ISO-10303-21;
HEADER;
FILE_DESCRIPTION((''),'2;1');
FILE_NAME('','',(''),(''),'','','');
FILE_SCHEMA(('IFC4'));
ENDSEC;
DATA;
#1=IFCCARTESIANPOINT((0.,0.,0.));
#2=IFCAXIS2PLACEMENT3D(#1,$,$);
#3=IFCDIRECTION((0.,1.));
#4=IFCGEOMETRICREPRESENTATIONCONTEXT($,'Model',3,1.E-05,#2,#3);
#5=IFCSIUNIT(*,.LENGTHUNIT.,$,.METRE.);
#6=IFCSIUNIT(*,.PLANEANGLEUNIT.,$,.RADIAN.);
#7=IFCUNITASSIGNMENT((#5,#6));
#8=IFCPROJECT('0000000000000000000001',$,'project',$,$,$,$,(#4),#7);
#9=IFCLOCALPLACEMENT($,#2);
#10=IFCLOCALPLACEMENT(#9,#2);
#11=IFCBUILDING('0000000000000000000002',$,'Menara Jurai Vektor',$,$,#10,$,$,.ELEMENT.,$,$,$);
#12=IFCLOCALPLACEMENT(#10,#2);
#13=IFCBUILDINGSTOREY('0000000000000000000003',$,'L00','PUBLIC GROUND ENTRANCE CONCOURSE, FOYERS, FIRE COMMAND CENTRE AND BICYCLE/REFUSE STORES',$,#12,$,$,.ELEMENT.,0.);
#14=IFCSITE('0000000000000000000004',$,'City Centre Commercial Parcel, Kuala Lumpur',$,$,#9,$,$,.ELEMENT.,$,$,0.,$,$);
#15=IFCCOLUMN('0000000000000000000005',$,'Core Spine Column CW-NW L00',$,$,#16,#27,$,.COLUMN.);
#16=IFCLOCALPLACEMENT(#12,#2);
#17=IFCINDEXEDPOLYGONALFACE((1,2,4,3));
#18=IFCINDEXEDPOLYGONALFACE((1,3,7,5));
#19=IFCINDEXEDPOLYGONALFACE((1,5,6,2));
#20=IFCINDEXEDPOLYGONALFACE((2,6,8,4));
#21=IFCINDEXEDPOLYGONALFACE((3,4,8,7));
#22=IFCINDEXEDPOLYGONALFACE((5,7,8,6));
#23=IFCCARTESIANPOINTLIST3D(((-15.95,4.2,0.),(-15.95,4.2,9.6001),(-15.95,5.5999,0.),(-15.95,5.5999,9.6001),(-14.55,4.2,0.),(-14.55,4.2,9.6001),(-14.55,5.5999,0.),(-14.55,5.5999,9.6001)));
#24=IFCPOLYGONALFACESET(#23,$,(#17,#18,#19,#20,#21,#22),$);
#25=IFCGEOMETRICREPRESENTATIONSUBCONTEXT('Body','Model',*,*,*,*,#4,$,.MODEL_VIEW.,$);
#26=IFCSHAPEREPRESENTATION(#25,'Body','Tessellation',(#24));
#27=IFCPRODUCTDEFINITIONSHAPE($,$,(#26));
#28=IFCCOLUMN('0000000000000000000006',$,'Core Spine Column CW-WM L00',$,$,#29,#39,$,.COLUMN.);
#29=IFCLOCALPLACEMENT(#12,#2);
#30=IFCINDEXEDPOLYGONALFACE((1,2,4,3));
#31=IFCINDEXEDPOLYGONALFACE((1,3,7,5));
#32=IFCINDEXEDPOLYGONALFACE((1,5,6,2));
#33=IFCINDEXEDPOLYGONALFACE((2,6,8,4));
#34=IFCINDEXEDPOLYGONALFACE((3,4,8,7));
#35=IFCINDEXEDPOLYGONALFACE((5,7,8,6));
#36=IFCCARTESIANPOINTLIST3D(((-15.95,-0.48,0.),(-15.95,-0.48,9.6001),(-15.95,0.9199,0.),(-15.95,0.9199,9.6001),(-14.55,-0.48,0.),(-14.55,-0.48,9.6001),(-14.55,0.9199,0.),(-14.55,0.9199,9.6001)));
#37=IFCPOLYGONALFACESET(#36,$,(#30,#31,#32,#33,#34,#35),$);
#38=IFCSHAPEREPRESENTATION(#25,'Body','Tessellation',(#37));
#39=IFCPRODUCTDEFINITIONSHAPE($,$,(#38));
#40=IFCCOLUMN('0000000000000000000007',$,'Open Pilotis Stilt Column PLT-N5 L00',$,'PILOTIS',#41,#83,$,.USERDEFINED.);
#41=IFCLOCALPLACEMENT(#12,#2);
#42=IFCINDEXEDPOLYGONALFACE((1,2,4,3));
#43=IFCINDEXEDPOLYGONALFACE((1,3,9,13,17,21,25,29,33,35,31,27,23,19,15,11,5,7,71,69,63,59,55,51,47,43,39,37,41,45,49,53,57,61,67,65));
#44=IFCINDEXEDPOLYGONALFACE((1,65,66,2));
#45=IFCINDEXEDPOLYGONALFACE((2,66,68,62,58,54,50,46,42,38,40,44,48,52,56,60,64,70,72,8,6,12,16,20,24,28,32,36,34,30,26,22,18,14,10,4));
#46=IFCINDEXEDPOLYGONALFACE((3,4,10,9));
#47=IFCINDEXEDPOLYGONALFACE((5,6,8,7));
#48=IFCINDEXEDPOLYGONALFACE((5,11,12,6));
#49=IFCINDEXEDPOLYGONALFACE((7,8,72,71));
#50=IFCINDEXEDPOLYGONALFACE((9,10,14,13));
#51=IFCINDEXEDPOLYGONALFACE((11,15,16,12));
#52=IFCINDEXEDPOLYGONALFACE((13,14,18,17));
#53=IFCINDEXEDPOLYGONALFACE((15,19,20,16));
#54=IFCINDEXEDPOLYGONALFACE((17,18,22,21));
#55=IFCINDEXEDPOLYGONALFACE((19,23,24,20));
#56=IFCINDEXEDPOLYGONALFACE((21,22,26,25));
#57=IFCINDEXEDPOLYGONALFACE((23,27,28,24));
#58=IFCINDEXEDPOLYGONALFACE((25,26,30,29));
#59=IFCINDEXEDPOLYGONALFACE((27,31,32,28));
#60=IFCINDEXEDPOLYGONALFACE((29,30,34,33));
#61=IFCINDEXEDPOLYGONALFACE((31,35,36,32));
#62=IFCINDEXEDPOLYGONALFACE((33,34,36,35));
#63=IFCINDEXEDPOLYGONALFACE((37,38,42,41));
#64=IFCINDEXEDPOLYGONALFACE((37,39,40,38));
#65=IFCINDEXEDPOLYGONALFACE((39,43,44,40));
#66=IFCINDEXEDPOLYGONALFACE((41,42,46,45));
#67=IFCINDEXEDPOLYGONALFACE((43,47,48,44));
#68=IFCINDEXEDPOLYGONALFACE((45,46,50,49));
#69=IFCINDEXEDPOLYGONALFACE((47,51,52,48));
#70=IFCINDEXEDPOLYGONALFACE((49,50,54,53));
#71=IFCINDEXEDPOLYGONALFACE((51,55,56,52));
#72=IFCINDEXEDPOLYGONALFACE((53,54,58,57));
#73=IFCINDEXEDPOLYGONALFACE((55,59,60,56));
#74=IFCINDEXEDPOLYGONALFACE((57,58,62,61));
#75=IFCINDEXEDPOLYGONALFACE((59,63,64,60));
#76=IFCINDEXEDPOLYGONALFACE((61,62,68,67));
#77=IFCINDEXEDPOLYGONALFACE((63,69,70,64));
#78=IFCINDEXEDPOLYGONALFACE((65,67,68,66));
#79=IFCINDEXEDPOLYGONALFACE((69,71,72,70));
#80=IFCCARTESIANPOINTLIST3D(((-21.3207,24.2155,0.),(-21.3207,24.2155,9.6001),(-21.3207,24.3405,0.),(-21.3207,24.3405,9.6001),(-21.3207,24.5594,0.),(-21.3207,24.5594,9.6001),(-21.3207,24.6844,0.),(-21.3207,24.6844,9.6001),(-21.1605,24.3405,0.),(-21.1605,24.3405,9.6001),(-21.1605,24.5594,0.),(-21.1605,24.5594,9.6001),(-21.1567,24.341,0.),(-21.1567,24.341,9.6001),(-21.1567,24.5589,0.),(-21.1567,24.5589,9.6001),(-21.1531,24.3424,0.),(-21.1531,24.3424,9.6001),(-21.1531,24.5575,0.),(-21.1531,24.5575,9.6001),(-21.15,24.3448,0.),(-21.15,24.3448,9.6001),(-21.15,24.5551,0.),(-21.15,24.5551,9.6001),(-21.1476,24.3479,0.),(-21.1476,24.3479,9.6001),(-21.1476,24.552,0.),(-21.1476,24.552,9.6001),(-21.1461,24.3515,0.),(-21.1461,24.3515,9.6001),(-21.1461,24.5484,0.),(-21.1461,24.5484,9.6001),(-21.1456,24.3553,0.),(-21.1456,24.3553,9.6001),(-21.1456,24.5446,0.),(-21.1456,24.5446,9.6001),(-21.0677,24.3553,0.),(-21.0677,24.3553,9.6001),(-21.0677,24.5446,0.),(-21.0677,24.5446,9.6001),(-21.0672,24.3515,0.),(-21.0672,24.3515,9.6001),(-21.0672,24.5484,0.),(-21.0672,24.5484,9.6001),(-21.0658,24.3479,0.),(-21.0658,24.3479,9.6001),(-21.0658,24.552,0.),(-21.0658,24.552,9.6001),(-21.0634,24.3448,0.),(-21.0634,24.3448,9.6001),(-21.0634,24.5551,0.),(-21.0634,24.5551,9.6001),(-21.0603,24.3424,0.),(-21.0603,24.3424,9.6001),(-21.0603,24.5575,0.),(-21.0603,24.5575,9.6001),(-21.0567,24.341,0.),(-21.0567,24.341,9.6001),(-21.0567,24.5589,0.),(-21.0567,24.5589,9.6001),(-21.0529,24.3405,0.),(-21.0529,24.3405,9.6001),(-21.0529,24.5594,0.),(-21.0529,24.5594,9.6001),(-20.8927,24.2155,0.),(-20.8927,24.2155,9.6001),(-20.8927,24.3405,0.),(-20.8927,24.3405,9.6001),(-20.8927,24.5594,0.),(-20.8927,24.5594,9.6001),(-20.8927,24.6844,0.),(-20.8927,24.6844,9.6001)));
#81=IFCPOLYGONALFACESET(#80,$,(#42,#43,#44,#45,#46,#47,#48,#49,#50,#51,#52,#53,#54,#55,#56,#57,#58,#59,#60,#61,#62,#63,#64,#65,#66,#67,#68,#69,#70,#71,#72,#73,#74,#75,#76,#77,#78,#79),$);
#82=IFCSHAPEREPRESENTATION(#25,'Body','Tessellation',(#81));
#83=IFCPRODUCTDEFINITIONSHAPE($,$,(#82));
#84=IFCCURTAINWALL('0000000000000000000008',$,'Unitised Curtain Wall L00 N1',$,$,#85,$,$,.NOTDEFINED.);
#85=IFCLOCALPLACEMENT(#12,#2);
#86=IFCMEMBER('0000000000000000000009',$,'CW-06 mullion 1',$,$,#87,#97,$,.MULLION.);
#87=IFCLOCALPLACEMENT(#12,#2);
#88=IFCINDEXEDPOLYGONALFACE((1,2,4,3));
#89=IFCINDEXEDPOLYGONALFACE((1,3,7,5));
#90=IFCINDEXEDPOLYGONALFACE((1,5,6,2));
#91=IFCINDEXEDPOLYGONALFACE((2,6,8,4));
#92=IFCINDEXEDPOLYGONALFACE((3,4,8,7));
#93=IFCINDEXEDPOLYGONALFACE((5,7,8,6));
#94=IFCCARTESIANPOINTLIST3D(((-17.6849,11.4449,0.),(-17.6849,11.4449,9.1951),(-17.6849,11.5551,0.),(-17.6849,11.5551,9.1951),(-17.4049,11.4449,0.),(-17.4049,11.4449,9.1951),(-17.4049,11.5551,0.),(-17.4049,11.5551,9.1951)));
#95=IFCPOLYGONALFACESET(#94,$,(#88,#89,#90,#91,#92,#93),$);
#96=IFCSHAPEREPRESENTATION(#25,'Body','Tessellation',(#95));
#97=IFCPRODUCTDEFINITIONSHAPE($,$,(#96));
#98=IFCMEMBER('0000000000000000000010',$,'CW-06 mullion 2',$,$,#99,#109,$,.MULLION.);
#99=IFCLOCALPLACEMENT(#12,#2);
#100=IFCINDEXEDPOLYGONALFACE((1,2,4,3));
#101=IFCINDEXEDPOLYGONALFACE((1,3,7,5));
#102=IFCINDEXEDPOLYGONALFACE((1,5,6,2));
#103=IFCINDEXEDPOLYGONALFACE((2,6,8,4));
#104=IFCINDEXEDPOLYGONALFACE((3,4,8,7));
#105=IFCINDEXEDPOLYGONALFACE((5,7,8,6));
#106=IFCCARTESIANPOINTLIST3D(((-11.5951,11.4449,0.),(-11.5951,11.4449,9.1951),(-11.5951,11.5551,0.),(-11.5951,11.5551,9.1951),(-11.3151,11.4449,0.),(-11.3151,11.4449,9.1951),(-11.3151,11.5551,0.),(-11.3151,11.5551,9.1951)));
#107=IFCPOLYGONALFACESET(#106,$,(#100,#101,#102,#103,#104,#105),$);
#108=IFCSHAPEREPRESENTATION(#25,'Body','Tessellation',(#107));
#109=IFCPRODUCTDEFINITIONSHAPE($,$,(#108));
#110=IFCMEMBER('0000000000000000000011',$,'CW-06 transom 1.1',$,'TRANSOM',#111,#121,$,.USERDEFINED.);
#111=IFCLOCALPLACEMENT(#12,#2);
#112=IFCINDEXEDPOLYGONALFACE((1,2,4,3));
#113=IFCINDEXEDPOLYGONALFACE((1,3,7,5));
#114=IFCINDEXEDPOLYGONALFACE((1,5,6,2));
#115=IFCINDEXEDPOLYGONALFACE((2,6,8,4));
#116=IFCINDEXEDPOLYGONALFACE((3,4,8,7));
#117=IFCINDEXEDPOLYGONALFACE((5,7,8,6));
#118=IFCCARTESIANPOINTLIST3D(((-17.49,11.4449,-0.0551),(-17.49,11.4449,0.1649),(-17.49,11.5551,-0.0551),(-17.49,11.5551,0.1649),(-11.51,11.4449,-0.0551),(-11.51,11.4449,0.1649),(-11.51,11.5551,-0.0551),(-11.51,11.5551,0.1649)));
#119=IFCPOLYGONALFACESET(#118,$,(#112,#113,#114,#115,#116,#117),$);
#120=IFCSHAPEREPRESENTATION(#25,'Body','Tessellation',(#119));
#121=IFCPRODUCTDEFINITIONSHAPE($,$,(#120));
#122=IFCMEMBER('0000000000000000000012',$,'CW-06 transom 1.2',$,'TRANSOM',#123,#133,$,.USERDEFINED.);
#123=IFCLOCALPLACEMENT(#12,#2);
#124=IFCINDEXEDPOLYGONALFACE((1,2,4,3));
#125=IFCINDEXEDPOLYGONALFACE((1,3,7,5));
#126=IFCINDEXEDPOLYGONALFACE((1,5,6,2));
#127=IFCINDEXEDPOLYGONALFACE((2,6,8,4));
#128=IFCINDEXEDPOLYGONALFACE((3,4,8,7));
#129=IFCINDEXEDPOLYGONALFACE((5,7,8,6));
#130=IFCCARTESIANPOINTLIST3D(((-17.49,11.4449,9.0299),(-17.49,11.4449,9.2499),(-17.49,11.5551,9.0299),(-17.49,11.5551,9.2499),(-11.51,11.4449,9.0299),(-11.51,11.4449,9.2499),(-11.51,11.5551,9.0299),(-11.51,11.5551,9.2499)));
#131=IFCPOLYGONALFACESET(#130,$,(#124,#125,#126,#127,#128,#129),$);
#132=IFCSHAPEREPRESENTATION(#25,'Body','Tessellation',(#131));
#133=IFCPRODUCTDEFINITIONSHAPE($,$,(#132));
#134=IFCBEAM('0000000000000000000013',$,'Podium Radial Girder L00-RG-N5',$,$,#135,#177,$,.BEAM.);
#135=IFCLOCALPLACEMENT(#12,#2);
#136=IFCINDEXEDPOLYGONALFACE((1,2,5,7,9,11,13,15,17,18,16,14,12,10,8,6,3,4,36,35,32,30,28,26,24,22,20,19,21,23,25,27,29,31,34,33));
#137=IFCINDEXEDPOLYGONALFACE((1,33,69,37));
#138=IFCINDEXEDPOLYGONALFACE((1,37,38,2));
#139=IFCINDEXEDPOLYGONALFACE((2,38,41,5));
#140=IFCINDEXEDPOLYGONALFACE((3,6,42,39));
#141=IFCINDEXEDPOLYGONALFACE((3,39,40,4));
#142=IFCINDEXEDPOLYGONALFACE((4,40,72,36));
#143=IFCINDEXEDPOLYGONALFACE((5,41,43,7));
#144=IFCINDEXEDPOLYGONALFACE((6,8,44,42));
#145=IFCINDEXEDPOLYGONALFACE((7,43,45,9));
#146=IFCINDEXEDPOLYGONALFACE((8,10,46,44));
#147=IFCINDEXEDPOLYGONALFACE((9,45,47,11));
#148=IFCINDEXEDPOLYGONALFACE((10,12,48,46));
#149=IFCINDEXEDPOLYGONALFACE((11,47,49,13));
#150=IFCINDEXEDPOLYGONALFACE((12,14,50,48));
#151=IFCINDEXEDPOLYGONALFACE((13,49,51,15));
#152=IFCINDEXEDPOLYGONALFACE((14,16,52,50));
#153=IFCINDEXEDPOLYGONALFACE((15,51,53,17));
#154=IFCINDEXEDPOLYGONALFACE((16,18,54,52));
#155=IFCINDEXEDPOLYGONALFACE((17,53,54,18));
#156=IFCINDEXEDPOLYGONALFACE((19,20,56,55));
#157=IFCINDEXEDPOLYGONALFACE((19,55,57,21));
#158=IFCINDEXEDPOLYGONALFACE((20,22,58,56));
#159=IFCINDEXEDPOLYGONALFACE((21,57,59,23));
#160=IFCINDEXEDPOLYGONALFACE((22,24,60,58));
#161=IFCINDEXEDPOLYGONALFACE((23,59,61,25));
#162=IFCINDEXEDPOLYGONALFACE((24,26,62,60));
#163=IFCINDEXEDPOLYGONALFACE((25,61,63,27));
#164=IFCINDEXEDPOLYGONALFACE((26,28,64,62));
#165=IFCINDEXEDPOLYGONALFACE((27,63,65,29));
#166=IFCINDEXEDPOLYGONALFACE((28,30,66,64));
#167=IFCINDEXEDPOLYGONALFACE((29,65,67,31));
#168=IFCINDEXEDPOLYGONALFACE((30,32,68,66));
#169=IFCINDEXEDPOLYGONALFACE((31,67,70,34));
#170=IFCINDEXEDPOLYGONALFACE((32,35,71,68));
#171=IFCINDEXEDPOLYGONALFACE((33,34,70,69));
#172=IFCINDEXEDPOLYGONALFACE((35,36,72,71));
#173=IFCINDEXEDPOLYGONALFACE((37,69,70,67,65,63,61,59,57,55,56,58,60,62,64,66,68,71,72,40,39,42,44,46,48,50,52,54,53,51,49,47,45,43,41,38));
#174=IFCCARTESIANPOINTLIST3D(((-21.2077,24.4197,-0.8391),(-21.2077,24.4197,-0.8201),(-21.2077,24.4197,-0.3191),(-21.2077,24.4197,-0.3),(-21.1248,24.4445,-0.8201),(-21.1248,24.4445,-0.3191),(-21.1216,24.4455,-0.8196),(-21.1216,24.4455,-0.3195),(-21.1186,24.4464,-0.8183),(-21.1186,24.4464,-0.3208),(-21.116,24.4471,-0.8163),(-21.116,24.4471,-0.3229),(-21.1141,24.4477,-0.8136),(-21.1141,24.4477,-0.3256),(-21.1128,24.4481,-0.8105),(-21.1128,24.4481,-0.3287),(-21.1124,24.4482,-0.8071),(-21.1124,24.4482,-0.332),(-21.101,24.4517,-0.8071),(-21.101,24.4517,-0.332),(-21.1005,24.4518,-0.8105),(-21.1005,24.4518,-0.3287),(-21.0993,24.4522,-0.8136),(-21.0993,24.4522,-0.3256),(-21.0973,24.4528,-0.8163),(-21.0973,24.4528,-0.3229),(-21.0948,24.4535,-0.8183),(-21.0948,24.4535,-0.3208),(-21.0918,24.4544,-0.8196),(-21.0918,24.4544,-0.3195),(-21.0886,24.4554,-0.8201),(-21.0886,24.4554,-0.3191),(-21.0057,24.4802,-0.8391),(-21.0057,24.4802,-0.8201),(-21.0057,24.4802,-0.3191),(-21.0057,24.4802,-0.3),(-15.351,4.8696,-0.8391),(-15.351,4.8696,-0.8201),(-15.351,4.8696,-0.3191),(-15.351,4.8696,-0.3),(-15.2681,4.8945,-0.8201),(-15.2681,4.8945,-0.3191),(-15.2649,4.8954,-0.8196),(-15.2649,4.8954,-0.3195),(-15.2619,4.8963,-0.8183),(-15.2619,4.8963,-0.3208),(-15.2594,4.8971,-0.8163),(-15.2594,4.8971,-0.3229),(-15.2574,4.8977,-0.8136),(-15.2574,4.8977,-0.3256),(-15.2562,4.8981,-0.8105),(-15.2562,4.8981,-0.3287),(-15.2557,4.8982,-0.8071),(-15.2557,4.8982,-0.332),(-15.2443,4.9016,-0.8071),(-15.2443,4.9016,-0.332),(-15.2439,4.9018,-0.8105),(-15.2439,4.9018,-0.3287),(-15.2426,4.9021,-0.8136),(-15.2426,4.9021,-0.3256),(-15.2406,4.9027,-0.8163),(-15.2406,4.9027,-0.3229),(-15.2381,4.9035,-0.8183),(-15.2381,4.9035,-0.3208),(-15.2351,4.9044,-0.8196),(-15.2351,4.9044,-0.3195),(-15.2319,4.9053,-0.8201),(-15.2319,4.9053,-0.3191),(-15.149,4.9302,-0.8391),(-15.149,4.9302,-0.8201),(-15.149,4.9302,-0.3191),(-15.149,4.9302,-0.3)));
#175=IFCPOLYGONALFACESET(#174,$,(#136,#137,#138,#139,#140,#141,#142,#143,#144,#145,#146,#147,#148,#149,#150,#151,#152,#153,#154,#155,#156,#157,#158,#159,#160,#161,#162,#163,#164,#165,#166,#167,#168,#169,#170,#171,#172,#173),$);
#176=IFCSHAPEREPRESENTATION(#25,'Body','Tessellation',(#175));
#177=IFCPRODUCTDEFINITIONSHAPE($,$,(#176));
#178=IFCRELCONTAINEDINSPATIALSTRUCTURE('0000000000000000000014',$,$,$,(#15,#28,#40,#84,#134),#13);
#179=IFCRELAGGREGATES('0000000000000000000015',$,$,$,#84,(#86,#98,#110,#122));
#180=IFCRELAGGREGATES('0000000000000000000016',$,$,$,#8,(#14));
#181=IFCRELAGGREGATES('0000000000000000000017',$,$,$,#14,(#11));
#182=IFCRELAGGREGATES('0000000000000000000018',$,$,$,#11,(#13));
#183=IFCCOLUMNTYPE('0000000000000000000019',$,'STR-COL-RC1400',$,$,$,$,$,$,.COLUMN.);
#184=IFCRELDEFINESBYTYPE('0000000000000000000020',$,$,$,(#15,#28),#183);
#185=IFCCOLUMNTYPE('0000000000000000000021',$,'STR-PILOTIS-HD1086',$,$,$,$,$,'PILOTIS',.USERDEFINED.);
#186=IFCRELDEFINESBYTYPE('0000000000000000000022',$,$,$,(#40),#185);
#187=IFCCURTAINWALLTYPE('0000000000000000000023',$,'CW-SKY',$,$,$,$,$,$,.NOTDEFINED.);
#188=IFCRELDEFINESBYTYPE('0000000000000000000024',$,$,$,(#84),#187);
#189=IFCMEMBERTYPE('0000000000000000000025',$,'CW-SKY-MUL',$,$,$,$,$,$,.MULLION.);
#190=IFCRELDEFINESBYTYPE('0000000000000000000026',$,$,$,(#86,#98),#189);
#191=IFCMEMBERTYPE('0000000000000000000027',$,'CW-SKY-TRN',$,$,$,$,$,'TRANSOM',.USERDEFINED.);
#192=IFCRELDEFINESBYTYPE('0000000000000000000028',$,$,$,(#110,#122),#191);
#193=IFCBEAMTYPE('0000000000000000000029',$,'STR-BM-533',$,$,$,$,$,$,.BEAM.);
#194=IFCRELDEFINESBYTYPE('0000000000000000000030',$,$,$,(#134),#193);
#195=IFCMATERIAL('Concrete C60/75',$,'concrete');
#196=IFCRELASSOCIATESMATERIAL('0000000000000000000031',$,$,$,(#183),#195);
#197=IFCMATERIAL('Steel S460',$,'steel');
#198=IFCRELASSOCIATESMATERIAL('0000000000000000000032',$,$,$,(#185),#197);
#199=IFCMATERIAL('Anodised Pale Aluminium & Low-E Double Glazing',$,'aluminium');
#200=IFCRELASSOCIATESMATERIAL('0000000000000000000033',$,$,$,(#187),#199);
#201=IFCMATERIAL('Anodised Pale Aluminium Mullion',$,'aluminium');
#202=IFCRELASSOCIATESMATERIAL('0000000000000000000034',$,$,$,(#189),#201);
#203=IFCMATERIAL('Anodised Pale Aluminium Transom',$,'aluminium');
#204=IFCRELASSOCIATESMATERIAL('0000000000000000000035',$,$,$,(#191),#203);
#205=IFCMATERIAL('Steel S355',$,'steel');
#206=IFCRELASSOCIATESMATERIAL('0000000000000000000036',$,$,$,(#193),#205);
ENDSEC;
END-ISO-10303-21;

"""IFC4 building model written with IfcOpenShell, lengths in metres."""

from ifc_helpers import new_model, si_unit, direction, frame, origin, origin_2d, place, context, subcontext, project, spatial, rectangle, i_section, extrude, material, material_profile, profile_set, type_object, element, aggregate, save


model = new_model("IFC4")

# Units and contexts
model_context = context("Model", 3, precision=1e-05, world=origin(), true_north=direction((0.0, 1.0)))
body_context = subcontext(model_context, "Body", "Model", "MODEL_VIEW")
ifc_project = project(units=[si_unit("LENGTHUNIT", "METRE"), si_unit("PLANEANGLEUNIT", "RADIAN")], contexts=[model_context])

# Site, building, storey
site_placement = place(None, origin())
site = spatial("IfcSite", under=ifc_project, at=site_placement, Name="City Centre Commercial Parcel, Kuala Lumpur", CompositionType="ELEMENT", RefElevation=0.0)
building_placement = place(site_placement, origin())
building = spatial("IfcBuilding", under=site, at=building_placement, Name="Menara Jurai Vektor", CompositionType="ELEMENT")
storey_placement = place(building_placement, origin())
storey = spatial("IfcBuildingStorey", under=building, at=storey_placement, Name="L00", Description="PUBLIC GROUND ENTRANCE CONCOURSE, FOYERS, FIRE COMMAND CENTRE AND BICYCLE/REFUSE STORES", CompositionType="ELEMENT", Elevation=0.0)

# Columns
ifc_material_1 = material(Name="Concrete C60/75", Category="concrete")
ifc_material_profile_1 = material_profile(ifc_material_1, rectangle(XDim=1.3999, YDim=1.3999, at=origin_2d()), Name="RC 1400x1400")
ifc_profile_set_1 = profile_set([ifc_material_profile_1], Name="Concrete C60/75")
column_type_1 = type_object("IfcColumnType", Name="STR-COL-RC1400", PredefinedType="COLUMN", material=ifc_profile_set_1)
for number, where, z_axis, x_axis, name in (
    (1, (-15.25, 4.8999, 0.0), (0.0, 0.0, 1.0), (1.0, 0.0, 0.0), "Core Spine Column CW-NW L00"),
    (2, (-15.25, 0.22, 0.0), (0.0, 0.0, 1.0), (1.0, 0.0, 0.0), "Core Spine Column CW-WM L00"),
):
    element("IfcColumn", number, at=place(storey_placement, frame(where, z_axis=z_axis, x_axis=x_axis)), inside=storey, type_object=column_type_1, Name=name, PredefinedType="COLUMN", context=body_context, shape_type="SweptSolid", body=[
        extrude(rectangle(XDim=1.3999, YDim=1.3999, at=origin_2d()), origin(), (0.0, 0.0, 1.0), 9.6001),
    ])
ifc_material_2 = material(Name="Steel S460", Category="steel")
ifc_material_profile_2 = material_profile(ifc_material_2, i_section(OverallWidth=0.428, OverallDepth=0.469, WebThickness=0.0779, FlangeThickness=0.125, FilletRadius=0.0149, at=origin_2d()), Name="HD 400x1086")
ifc_profile_set_2 = profile_set([ifc_material_profile_2], Name="Steel S460")
column_type_2 = type_object("IfcColumnType", Name="STR-PILOTIS-HD1086", ElementType="PILOTIS", PredefinedType="USERDEFINED", material=ifc_profile_set_2)
column_placement = place(storey_placement, frame((-21.1067, 24.45, 0.0), z_axis=(0.0, 0.0, 1.0), x_axis=(1.0, 0.0, 0.0)))
element("IfcColumn", 3, at=column_placement, inside=storey, type_object=column_type_2, Name="Open Pilotis Stilt Column PLT-N5 L00", ObjectType="PILOTIS", PredefinedType="USERDEFINED", context=body_context, shape_type="SweptSolid", body=[
    extrude(i_section(OverallWidth=0.428, OverallDepth=0.469, WebThickness=0.0779, FlangeThickness=0.125, FilletRadius=0.0149, at=origin_2d()), origin(), (0.0, 0.0, 1.0), 9.6001),
])

# Curtain wall, members
ifc_material_3 = material(Name="Anodised Pale Aluminium & Low-E Double Glazing", Category="aluminium")
curtain_wall_type = type_object("IfcCurtainWallType", Name="CW-SKY", PredefinedType="NOTDEFINED", material=ifc_material_3)
curtain_wall_placement = place(storey_placement, origin())
curtain_wall = element("IfcCurtainWall", 4, at=curtain_wall_placement, inside=storey, type_object=curtain_wall_type, Name="Unitised Curtain Wall L00 N1", PredefinedType="NOTDEFINED")
ifc_material_4 = material(Name="Anodised Pale Aluminium Mullion", Category="aluminium")
ifc_material_profile_3 = material_profile(ifc_material_4, rectangle(XDim=0.1101, YDim=0.28, at=origin_2d()), Name="ALU MUL 110x280")
ifc_profile_set_3 = profile_set([ifc_material_profile_3], Name="Anodised Pale Aluminium Mullion")
member_type_1 = type_object("IfcMemberType", Name="CW-SKY-MUL", PredefinedType="MULLION", material=ifc_profile_set_3)
member_1_placement = place(storey_placement, frame((-17.5449, 11.5, 0.0), z_axis=(0.0, 0.0, 1.0), x_axis=(0.0, 1.0, 0.0)))
member_1 = element("IfcMember", 5, at=member_1_placement, type_object=member_type_1, Name="CW-06 mullion 1", PredefinedType="MULLION", context=body_context, shape_type="SweptSolid", body=[
    extrude(rectangle(XDim=0.1101, YDim=0.28, at=origin_2d()), origin(), (0.0, 0.0, 1.0), 9.1951),
])
member_2_placement = place(storey_placement, frame((-11.4551, 11.5, 0.0), z_axis=(0.0, 0.0, 1.0), x_axis=(0.0, 1.0, 0.0)))
member_2 = element("IfcMember", 6, at=member_2_placement, type_object=member_type_1, Name="CW-06 mullion 2", PredefinedType="MULLION", context=body_context, shape_type="SweptSolid", body=[
    extrude(rectangle(XDim=0.1101, YDim=0.28, at=origin_2d()), origin(), (0.0, 0.0, 1.0), 9.1951),
])
ifc_material_5 = material(Name="Anodised Pale Aluminium Transom", Category="aluminium")
ifc_material_profile_4 = material_profile(ifc_material_5, rectangle(XDim=0.1101, YDim=0.22, at=origin_2d()), Name="ALU TRN 110x220")
ifc_profile_set_4 = profile_set([ifc_material_profile_4], Name="Anodised Pale Aluminium Transom")
member_type_2 = type_object("IfcMemberType", Name="CW-SKY-TRN", ElementType="TRANSOM", PredefinedType="USERDEFINED", material=ifc_profile_set_4)
member_3_placement = place(storey_placement, frame((-17.49, 11.5, 0.0549), z_axis=(1.0, 0.0, 0.0), x_axis=(0.0, 1.0, 0.0)))
member_3 = element("IfcMember", 7, at=member_3_placement, type_object=member_type_2, Name="CW-06 transom 1.1", ObjectType="TRANSOM", PredefinedType="USERDEFINED", context=body_context, shape_type="SweptSolid", body=[
    extrude(rectangle(XDim=0.1101, YDim=0.22, at=origin_2d()), origin(), (0.0, 0.0, 1.0), 5.98),
])
member_4_placement = place(storey_placement, frame((-17.49, 11.5, 9.1399), z_axis=(1.0, 0.0, 0.0), x_axis=(0.0, 1.0, 0.0)))
member_4 = element("IfcMember", 8, at=member_4_placement, type_object=member_type_2, Name="CW-06 transom 1.2", ObjectType="TRANSOM", PredefinedType="USERDEFINED", context=body_context, shape_type="SweptSolid", body=[
    extrude(rectangle(XDim=0.1101, YDim=0.22, at=origin_2d()), origin(), (0.0, 0.0, 1.0), 5.98),
])

# Beam
ifc_material_6 = material(Name="Steel S355", Category="steel")
ifc_material_profile_5 = material_profile(ifc_material_6, i_section(OverallWidth=0.2109, OverallDepth=0.5391, WebThickness=0.012, FlangeThickness=0.019, FilletRadius=0.0129, at=origin_2d()), Name="UKB 533x210x109")
ifc_profile_set_5 = profile_set([ifc_material_profile_5], Name="Steel S355")
beam_type_1 = type_object("IfcBeamType", Name="STR-BM-533", PredefinedType="BEAM", material=ifc_profile_set_5)
beam_1_placement = place(storey_placement, frame((-21.1067, 24.45, -0.5696), z_axis=(0.286974, -0.957938, 0.0), x_axis=(0.957938, 0.286974, 0.0)))
element("IfcBeam", 9, at=beam_1_placement, inside=storey, type_object=beam_type_1, Name="Podium Radial Girder L00-RG-N5", PredefinedType="BEAM", context=body_context, shape_type="SweptSolid", body=[
    extrude(i_section(OverallWidth=0.2109, OverallDepth=0.5391, WebThickness=0.012, FlangeThickness=0.019, FilletRadius=0.0129, at=origin_2d()), origin(), (0.0, 0.0, 1.0), 20.4084),
])

aggregate(curtain_wall, [member_1, member_2, member_3, member_4])

save(model, "model.ifc")
